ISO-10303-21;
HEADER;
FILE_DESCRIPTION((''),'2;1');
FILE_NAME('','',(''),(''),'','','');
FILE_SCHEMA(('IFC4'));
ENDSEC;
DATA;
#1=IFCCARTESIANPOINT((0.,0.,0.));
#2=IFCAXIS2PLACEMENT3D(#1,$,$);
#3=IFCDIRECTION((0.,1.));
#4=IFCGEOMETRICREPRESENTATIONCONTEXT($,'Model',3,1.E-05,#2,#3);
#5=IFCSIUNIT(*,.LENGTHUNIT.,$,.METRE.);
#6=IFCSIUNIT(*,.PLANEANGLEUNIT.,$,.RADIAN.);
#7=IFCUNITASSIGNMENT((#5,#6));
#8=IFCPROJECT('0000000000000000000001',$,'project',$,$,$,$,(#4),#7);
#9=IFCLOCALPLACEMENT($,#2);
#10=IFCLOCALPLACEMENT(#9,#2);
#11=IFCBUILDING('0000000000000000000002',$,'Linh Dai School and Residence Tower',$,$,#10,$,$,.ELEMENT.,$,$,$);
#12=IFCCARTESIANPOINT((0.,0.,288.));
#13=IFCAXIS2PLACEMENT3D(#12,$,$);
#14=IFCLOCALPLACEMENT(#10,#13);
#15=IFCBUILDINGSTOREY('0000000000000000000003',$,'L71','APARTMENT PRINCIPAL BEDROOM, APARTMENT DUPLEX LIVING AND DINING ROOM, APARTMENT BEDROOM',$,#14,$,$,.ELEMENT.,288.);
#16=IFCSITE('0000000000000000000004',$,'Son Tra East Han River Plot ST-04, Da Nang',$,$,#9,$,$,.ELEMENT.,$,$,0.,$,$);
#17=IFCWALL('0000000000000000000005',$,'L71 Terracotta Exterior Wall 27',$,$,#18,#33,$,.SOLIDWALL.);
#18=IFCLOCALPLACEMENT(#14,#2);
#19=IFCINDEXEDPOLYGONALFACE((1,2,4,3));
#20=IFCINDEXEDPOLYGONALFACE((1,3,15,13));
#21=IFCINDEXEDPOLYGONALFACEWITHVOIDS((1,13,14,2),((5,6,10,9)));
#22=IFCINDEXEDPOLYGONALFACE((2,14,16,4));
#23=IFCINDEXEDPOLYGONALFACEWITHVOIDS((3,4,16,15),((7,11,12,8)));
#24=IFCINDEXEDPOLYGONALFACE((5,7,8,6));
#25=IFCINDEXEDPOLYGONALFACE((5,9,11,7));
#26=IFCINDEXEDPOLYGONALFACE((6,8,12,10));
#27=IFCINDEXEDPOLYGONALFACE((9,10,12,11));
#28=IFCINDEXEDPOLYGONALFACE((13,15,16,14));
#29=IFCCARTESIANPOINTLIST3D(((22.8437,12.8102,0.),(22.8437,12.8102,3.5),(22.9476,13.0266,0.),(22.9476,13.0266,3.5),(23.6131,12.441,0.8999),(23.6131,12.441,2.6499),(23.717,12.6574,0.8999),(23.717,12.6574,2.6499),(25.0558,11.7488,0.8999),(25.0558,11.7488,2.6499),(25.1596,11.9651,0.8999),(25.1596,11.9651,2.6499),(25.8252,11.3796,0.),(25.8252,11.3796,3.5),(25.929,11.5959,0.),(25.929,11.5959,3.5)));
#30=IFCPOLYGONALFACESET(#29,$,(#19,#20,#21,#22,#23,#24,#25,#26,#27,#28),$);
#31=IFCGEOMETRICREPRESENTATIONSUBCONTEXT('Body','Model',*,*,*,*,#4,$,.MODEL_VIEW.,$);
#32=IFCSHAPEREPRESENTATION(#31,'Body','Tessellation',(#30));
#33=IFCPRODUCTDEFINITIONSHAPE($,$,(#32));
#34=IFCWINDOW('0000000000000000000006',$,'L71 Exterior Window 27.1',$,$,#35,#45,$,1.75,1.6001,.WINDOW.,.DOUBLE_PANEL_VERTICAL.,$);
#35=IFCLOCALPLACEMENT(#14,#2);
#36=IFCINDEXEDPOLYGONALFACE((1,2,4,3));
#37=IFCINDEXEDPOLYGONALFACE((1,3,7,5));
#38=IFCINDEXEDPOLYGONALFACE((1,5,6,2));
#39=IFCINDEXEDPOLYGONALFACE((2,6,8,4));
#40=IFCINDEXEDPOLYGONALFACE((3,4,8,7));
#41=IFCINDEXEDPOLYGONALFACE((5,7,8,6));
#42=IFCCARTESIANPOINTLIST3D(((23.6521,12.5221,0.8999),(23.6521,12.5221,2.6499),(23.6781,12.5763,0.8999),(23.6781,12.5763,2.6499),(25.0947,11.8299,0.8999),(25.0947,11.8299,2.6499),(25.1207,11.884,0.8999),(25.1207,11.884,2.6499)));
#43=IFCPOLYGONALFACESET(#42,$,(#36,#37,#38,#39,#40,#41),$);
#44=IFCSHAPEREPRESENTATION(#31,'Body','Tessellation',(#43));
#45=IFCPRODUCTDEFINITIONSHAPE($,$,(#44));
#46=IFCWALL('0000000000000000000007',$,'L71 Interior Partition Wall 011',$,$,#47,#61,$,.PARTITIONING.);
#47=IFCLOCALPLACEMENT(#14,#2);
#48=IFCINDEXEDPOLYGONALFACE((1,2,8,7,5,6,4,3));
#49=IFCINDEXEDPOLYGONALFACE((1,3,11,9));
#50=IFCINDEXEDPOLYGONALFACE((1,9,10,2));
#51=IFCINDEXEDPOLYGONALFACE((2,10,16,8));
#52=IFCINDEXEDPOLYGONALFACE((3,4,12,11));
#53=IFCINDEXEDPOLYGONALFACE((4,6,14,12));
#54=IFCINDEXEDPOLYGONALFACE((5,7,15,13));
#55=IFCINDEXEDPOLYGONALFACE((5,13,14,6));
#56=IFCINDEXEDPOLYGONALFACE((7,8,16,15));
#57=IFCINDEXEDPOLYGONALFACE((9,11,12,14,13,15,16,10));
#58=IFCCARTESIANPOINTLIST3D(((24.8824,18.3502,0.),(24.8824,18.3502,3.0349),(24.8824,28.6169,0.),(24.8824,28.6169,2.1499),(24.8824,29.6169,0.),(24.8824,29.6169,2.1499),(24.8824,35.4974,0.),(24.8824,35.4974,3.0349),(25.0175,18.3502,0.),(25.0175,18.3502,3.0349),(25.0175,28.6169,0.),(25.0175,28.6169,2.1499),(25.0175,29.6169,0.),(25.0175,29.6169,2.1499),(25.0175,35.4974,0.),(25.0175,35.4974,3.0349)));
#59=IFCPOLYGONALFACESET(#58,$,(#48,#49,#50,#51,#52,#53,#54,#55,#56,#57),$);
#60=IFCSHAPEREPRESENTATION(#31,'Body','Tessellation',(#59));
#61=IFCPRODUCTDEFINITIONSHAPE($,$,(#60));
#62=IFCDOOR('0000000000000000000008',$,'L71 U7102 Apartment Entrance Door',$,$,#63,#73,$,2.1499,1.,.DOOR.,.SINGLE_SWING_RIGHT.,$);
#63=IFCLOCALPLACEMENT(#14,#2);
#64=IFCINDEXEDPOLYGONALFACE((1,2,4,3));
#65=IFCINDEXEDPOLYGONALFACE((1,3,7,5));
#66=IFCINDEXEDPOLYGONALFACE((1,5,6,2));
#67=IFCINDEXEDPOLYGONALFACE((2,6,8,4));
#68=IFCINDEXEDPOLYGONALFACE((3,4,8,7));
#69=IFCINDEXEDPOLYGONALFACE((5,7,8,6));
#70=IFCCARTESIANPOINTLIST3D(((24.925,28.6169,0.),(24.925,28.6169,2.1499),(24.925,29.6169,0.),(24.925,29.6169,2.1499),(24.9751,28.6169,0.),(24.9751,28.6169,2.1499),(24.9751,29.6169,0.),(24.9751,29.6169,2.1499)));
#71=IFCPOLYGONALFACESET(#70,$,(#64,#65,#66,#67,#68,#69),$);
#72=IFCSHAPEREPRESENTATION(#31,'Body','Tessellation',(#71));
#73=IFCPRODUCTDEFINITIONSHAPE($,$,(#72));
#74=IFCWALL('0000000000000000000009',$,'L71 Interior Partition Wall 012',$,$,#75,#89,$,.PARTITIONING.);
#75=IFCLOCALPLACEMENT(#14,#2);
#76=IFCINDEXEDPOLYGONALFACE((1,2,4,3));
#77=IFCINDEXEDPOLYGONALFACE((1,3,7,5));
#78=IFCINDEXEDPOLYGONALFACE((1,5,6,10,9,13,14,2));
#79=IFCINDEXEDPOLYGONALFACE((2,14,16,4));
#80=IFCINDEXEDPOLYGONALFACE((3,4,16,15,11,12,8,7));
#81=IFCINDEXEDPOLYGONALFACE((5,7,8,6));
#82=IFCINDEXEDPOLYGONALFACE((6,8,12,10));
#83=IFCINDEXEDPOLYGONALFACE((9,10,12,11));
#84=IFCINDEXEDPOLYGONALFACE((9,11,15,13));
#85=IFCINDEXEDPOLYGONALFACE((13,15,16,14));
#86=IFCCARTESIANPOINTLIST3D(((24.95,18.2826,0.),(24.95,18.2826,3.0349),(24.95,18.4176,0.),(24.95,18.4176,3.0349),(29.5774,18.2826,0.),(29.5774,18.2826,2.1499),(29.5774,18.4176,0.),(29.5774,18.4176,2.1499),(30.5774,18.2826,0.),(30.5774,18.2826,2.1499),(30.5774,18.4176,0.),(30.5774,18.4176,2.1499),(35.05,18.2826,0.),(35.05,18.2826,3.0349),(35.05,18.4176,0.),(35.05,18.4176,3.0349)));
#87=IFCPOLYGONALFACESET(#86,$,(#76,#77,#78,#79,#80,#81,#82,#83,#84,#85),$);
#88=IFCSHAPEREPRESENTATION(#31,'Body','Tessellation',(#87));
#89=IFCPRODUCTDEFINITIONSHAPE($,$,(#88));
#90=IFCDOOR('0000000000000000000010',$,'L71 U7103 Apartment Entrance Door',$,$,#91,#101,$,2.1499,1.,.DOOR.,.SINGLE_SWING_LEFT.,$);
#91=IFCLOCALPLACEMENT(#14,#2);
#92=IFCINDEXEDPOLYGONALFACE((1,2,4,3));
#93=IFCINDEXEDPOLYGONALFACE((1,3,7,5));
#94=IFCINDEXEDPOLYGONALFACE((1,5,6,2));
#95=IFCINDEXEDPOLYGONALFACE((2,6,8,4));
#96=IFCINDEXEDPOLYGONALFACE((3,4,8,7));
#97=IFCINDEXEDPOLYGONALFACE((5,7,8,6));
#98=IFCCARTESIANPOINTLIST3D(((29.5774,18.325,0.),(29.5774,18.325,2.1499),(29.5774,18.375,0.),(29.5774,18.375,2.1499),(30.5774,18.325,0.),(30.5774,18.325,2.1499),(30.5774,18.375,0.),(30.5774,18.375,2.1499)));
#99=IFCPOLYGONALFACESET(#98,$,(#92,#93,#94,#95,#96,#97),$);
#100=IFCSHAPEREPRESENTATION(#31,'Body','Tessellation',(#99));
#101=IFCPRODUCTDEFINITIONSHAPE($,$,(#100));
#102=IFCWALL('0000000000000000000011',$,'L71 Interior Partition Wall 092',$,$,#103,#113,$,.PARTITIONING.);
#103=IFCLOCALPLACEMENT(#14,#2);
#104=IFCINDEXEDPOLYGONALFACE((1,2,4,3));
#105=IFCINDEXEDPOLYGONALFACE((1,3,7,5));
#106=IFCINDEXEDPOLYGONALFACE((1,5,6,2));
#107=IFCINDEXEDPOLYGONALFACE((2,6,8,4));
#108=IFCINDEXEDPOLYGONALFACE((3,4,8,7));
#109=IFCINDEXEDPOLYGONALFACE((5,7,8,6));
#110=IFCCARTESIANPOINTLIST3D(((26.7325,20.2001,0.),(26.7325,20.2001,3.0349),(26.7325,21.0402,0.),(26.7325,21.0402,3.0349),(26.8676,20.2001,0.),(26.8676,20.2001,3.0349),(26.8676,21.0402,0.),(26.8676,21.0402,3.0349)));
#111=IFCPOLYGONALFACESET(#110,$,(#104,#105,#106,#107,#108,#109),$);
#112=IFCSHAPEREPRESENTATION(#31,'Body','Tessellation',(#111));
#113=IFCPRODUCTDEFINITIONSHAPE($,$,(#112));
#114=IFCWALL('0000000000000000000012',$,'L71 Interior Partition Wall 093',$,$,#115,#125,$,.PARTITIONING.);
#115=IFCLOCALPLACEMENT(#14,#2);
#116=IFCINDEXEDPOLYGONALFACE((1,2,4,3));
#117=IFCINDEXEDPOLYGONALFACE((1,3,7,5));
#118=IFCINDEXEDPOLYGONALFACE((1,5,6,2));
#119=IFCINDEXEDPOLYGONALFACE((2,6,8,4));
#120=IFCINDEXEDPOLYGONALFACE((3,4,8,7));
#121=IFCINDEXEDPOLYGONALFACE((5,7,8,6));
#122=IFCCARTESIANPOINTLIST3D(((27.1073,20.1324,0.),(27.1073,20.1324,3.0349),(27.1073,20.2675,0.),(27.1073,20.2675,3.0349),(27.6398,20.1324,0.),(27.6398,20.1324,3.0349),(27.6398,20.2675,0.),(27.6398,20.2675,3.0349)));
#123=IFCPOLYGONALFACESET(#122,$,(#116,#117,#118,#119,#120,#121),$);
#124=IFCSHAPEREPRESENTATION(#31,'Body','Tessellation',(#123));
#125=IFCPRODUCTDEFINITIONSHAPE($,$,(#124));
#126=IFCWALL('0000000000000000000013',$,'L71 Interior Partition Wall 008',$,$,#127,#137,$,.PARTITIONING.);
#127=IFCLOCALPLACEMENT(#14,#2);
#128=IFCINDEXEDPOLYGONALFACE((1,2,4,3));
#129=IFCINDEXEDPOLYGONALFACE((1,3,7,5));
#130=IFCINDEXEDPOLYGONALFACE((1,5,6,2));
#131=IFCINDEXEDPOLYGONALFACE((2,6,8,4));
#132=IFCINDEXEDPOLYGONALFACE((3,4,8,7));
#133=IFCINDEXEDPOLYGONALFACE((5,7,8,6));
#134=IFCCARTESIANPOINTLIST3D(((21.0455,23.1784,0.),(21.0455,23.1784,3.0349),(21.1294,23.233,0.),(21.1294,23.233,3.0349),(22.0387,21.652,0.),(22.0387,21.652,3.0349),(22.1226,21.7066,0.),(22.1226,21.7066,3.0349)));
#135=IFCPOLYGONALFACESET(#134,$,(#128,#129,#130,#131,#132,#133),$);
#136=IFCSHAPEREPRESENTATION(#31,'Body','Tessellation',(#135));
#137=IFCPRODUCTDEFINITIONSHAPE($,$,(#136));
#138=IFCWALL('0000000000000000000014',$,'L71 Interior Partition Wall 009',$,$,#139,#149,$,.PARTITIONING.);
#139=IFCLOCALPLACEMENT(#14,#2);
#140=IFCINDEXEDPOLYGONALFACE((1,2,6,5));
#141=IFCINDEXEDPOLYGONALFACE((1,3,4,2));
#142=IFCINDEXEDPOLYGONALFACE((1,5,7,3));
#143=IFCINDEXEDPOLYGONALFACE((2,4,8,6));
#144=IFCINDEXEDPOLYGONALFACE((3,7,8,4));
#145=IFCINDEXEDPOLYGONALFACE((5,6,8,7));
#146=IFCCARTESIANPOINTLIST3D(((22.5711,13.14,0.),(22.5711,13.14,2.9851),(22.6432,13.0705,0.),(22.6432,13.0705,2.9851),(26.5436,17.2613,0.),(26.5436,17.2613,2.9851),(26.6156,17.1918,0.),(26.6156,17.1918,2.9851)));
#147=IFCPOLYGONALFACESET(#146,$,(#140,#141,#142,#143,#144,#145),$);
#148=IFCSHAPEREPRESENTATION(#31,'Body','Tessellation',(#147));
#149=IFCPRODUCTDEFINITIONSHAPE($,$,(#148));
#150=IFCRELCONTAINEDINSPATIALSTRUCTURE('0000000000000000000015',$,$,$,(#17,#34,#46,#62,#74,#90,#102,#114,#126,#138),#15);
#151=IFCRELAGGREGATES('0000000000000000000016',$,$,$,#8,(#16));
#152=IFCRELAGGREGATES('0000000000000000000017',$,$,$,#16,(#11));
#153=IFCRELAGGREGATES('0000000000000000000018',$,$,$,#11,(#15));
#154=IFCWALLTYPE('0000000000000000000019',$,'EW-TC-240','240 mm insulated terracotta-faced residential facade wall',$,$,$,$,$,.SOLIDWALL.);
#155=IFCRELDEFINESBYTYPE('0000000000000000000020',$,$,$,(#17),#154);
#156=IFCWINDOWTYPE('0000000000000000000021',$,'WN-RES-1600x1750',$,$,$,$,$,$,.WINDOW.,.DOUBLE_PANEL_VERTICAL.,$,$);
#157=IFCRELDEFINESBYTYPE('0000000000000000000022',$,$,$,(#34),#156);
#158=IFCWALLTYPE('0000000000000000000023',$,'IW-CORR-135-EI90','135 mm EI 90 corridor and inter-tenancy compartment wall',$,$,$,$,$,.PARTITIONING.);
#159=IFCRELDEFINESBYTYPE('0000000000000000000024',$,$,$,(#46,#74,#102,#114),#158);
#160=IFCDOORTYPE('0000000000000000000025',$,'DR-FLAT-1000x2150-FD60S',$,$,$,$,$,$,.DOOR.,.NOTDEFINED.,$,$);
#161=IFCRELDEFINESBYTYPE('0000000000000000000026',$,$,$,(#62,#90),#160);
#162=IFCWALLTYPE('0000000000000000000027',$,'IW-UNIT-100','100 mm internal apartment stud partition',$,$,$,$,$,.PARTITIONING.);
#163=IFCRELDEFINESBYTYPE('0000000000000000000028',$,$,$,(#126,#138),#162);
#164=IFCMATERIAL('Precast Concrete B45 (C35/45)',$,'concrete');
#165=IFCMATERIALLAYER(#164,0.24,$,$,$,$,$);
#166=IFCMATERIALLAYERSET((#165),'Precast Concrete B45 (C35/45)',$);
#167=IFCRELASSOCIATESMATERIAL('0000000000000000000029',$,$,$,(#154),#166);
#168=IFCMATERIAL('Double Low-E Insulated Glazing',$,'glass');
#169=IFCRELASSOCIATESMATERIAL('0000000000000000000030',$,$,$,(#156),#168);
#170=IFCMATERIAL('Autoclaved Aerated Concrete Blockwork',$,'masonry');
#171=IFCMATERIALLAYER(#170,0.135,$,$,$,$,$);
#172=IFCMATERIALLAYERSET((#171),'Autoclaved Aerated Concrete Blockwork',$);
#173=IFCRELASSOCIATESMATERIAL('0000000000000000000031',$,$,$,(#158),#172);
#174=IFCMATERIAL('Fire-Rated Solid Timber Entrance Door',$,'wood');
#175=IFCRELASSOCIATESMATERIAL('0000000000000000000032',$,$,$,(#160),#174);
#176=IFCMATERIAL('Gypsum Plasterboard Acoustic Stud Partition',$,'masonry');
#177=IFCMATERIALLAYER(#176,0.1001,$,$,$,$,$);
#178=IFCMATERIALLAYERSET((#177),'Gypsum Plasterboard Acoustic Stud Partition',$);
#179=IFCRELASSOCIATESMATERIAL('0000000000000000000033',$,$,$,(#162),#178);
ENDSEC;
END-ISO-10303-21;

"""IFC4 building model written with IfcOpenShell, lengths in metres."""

from ifc_helpers import new_model, si_unit, direction, frame, frame_2d, origin, origin_2d, place, context, subcontext, project, spatial, rectangle, extrude, source, transform, mapped, material, layer, layer_set, type_object, element, fill, save


model = new_model("IFC4")

# Units and contexts
model_context = context("Model", 3, precision=1e-05, world=origin(), true_north=direction((0.0, 1.0)))
body_context = subcontext(model_context, "Body", "Model", "MODEL_VIEW")
ifc_project = project(units=[si_unit("LENGTHUNIT", "METRE"), si_unit("PLANEANGLEUNIT", "RADIAN")], contexts=[model_context])

# Site, building, storey
site_placement = place(None, origin())
site = spatial("IfcSite", under=ifc_project, at=site_placement, Name="Son Tra East Han River Plot ST-04, Da Nang", CompositionType="ELEMENT", RefElevation=0.0)
building_placement = place(site_placement, origin())
building = spatial("IfcBuilding", under=site, at=building_placement, Name="Linh Dai School and Residence Tower", CompositionType="ELEMENT")
storey_placement = place(building_placement, frame((0.0, 0.0, 288.0)))
storey = spatial("IfcBuildingStorey", under=building, at=storey_placement, Name="L71", Description="APARTMENT PRINCIPAL BEDROOM, APARTMENT DUPLEX LIVING AND DINING ROOM, APARTMENT BEDROOM", CompositionType="ELEMENT", Elevation=288.0)

# Shared definitions
ifc_material_1 = material(Name="Precast Concrete B45 (C35/45)", Category="concrete")

# Wall, opening, window
ifc_layer_1 = layer(ifc_material_1, 0.24)
ifc_layer_set_1 = layer_set([ifc_layer_1], Name="Precast Concrete B45 (C35/45)")
wall_type_1 = type_object("IfcWallType", Name="EW-TC-240", Description="240 mm insulated terracotta-faced residential facade wall", PredefinedType="SOLIDWALL", material=ifc_layer_set_1)
ifc_material_2 = material(Name="Double Low-E Insulated Glazing", Category="glass")
wall_1_placement = place(storey_placement, frame((25.877, 11.4878, 0.0), z_axis=(0.0, 0.0, 1.0), x_axis=(-0.901574, 0.432625, 0.0)))
wall_1 = element("IfcWall", 1, at=wall_1_placement, inside=storey, type_object=wall_type_1, Name="L71 Terracotta Exterior Wall 27", PredefinedType="SOLIDWALL", context=body_context, shape_type="SweptSolid", body=[
    extrude(rectangle(XDim=3.3069, YDim=0.24, at=frame_2d((1.6533, 0.0))), origin(), (0.0, 0.0, 1.0), 3.5),
])
opening_1_placement = place(wall_1_placement, frame((0.8533, 0.0, 0.8999)))
opening_1 = element("IfcOpeningElement", 2, at=opening_1_placement, cuts=wall_1, PredefinedType="OPENING", context=body_context, shape_type="SweptSolid", body=[
    extrude(rectangle(XDim=1.6001, YDim=1.75, at=origin_2d()), frame((0.8, 0.1299, 0.875), z_axis=(0.0, -1.0, 0.0), x_axis=(1.0, 0.0, 0.0)), (0.0, 0.0, 1.0), 0.26),
])
window_type_1 = type_object("IfcWindowType", Name="WN-RES-1600x1750", PartitioningType="DOUBLE_PANEL_VERTICAL", PredefinedType="WINDOW", material=ifc_material_2)
shared_shape_1 = source(origin(), body_context, "Body", "SweptSolid", [
    extrude(rectangle(XDim=1.6001, YDim=1.75, at=origin_2d()), frame((0.8, 0.03, 0.875), z_axis=(0.0, -1.0, 0.0), x_axis=(1.0, 0.0, 0.0)), (0.0, 0.0, 1.0), 0.0601),
])
window_1_placement = place(opening_1_placement, origin())
window_1 = element("IfcWindow", 3, at=window_1_placement, inside=storey, type_object=window_type_1, Name="L71 Exterior Window 27.1", OverallHeight=1.75, OverallWidth=1.6001, PartitioningType="DOUBLE_PANEL_VERTICAL", PredefinedType="WINDOW", context=body_context, shape_type="MappedRepresentation", body=[
    mapped(shared_shape_1, transform((0.0, 0.0, 0.0), x_axis=(1.0, 0.0, 0.0), y_axis=(0.0, 1.0, 0.0), z_axis=(0.0, 0.0, 1.0), scale=1.0)),
])
fill(opening_1, window_1)

# Walls, openings, doors
ifc_material_3 = material(Name="Autoclaved Aerated Concrete Blockwork", Category="masonry")
ifc_layer_2 = layer(ifc_material_3, 0.135)
ifc_layer_set_2 = layer_set([ifc_layer_2], Name="Autoclaved Aerated Concrete Blockwork")
wall_type_2 = type_object("IfcWallType", Name="IW-CORR-135-EI90", Description="135 mm EI 90 corridor and inter-tenancy compartment wall", PredefinedType="PARTITIONING", material=ifc_layer_set_2)
wall_2_placement = place(storey_placement, frame((24.95, 18.3501, 0.0), z_axis=(0.0, 0.0, 1.0), x_axis=(0.0, 1.0, 0.0)))
wall_2 = element("IfcWall", 4, at=wall_2_placement, inside=storey, type_object=wall_type_2, Name="L71 Interior Partition Wall 011", PredefinedType="PARTITIONING", context=body_context, shape_type="SweptSolid", body=[
    extrude(rectangle(XDim=17.1472, YDim=0.135, at=frame_2d((8.5737, 0.0))), origin(), (0.0, 0.0, 1.0), 3.0349),
])
opening_2_placement = place(wall_2_placement, frame((10.2668, 0.0, 0.0)))
opening_2 = element("IfcOpeningElement", 5, at=opening_2_placement, cuts=wall_2, PredefinedType="OPENING", context=body_context, shape_type="SweptSolid", body=[
    extrude(rectangle(XDim=1.0, YDim=2.1499, at=origin_2d()), frame((0.5, 0.0776, 1.075), z_axis=(0.0, -1.0, 0.0), x_axis=(1.0, 0.0, 0.0)), (0.0, 0.0, 1.0), 0.155),
])
ifc_material_4 = material(Name="Fire-Rated Solid Timber Entrance Door", Category="wood")
door_type_1 = type_object("IfcDoorType", Name="DR-FLAT-1000x2150-FD60S", OperationType="NOTDEFINED", PredefinedType="DOOR", material=ifc_material_4)
shared_shape_2 = source(origin(), body_context, "Body", "SweptSolid", [
    extrude(rectangle(XDim=1.0, YDim=2.1499, at=origin_2d()), frame((0.5, 0.0249, 1.075), z_axis=(0.0, -1.0, 0.0), x_axis=(1.0, 0.0, 0.0)), (0.0, 0.0, 1.0), 0.05),
])
door_1_placement = place(opening_2_placement, origin())
door_1 = element("IfcDoor", 6, at=door_1_placement, inside=storey, type_object=door_type_1, Name="L71 U7102 Apartment Entrance Door", OperationType="SINGLE_SWING_RIGHT", OverallHeight=2.1499, OverallWidth=1.0, PredefinedType="DOOR", context=body_context, shape_type="MappedRepresentation", body=[
    mapped(shared_shape_2, transform((0.0, 0.0, 0.0), x_axis=(1.0, 0.0, 0.0), y_axis=(0.0, 1.0, 0.0), z_axis=(0.0, 0.0, 1.0), scale=1.0)),
])
fill(opening_2, door_1)
wall_3_placement = place(storey_placement, frame((24.95, 18.3501, 0.0), z_axis=(0.0, 0.0, 1.0), x_axis=(1.0, 0.0, 0.0)))
wall_3 = element("IfcWall", 7, at=wall_3_placement, inside=storey, type_object=wall_type_2, Name="L71 Interior Partition Wall 012", PredefinedType="PARTITIONING", context=body_context, shape_type="SweptSolid", body=[
    extrude(rectangle(XDim=10.1001, YDim=0.135, at=frame_2d((5.05, 0.0))), origin(), (0.0, 0.0, 1.0), 3.0349),
])
opening_3_placement = place(wall_3_placement, frame((4.6274, 0.0, 0.0)))
opening_3 = element("IfcOpeningElement", 8, at=opening_3_placement, cuts=wall_3, PredefinedType="OPENING", context=body_context, shape_type="SweptSolid", body=[
    extrude(rectangle(XDim=1.0, YDim=2.1499, at=origin_2d()), frame((0.5, 0.0776, 1.075), z_axis=(0.0, -1.0, 0.0), x_axis=(1.0, 0.0, 0.0)), (0.0, 0.0, 1.0), 0.155),
])
door_2_placement = place(opening_3_placement, origin())
door_2 = element("IfcDoor", 9, at=door_2_placement, inside=storey, type_object=door_type_1, Name="L71 U7103 Apartment Entrance Door", OperationType="SINGLE_SWING_LEFT", OverallHeight=2.1499, OverallWidth=1.0, PredefinedType="DOOR", context=body_context, shape_type="MappedRepresentation", body=[
    mapped(shared_shape_2, transform((0.0, 0.0, 0.0), x_axis=(1.0, 0.0, 0.0), y_axis=(0.0, 1.0, 0.0), z_axis=(0.0, 0.0, 1.0), scale=1.0)),
])
fill(opening_3, door_2)

# Walls
wall_4_placement = place(storey_placement, frame((26.8, 21.04, 0.0), z_axis=(0.0, 0.0, 1.0), x_axis=(0.0, -1.0, 0.0)))
element("IfcWall", 10, at=wall_4_placement, inside=storey, type_object=wall_type_2, Name="L71 Interior Partition Wall 092", PredefinedType="PARTITIONING", context=body_context, shape_type="SweptSolid", body=[
    extrude(rectangle(XDim=0.8401, YDim=0.135, at=frame_2d((0.4199, 0.0))), origin(), (0.0, 0.0, 1.0), 3.0349),
])
wall_5_placement = place(storey_placement, frame((27.1074, 20.2, 0.0), z_axis=(0.0, 0.0, 1.0), x_axis=(1.0, 0.0, 0.0)))
element("IfcWall", 11, at=wall_5_placement, inside=storey, type_object=wall_type_2, Name="L71 Interior Partition Wall 093", PredefinedType="PARTITIONING", context=body_context, shape_type="SweptSolid", body=[
    extrude(rectangle(XDim=0.5325, YDim=0.135, at=frame_2d((0.2661, 0.0))), origin(), (0.0, 0.0, 1.0), 3.0349),
])
ifc_material_5 = material(Name="Gypsum Plasterboard Acoustic Stud Partition", Category="masonry")
ifc_layer_3 = layer(ifc_material_5, 0.1001)
ifc_layer_set_3 = layer_set([ifc_layer_3], Name="Gypsum Plasterboard Acoustic Stud Partition")
wall_type_3 = type_object("IfcWallType", Name="IW-UNIT-100", Description="100 mm internal apartment stud partition", PredefinedType="PARTITIONING", material=ifc_layer_set_3)
wall_6_placement = place(storey_placement, frame((21.0874, 23.2058, 0.0), z_axis=(0.0, 0.0, 1.0), x_axis=(0.545384, -0.838186, 0.0)))
element("IfcWall", 12, at=wall_6_placement, inside=storey, type_object=wall_type_3, Name="L71 Interior Partition Wall 008", PredefinedType="PARTITIONING", context=body_context, shape_type="SweptSolid", body=[
    extrude(rectangle(XDim=1.821, YDim=0.1001, at=frame_2d((0.9106, 0.0))), origin(), (0.0, 0.0, 1.0), 3.0349),
])
wall_7_placement = place(storey_placement, frame((22.6072, 13.1052, 0.0), z_axis=(0.0, 0.0, 1.0), x_axis=(0.693978, 0.719996, 0.0)))
element("IfcWall", 13, at=wall_7_placement, inside=storey, type_object=wall_type_3, Name="L71 Interior Partition Wall 009", PredefinedType="PARTITIONING", context=body_context, shape_type="SweptSolid", body=[
    extrude(rectangle(XDim=5.7241, YDim=0.1001, at=frame_2d((2.8621, 0.0))), origin(), (0.0, 0.0, 1.0), 2.9851),
])

save(model, "model.ifc")
